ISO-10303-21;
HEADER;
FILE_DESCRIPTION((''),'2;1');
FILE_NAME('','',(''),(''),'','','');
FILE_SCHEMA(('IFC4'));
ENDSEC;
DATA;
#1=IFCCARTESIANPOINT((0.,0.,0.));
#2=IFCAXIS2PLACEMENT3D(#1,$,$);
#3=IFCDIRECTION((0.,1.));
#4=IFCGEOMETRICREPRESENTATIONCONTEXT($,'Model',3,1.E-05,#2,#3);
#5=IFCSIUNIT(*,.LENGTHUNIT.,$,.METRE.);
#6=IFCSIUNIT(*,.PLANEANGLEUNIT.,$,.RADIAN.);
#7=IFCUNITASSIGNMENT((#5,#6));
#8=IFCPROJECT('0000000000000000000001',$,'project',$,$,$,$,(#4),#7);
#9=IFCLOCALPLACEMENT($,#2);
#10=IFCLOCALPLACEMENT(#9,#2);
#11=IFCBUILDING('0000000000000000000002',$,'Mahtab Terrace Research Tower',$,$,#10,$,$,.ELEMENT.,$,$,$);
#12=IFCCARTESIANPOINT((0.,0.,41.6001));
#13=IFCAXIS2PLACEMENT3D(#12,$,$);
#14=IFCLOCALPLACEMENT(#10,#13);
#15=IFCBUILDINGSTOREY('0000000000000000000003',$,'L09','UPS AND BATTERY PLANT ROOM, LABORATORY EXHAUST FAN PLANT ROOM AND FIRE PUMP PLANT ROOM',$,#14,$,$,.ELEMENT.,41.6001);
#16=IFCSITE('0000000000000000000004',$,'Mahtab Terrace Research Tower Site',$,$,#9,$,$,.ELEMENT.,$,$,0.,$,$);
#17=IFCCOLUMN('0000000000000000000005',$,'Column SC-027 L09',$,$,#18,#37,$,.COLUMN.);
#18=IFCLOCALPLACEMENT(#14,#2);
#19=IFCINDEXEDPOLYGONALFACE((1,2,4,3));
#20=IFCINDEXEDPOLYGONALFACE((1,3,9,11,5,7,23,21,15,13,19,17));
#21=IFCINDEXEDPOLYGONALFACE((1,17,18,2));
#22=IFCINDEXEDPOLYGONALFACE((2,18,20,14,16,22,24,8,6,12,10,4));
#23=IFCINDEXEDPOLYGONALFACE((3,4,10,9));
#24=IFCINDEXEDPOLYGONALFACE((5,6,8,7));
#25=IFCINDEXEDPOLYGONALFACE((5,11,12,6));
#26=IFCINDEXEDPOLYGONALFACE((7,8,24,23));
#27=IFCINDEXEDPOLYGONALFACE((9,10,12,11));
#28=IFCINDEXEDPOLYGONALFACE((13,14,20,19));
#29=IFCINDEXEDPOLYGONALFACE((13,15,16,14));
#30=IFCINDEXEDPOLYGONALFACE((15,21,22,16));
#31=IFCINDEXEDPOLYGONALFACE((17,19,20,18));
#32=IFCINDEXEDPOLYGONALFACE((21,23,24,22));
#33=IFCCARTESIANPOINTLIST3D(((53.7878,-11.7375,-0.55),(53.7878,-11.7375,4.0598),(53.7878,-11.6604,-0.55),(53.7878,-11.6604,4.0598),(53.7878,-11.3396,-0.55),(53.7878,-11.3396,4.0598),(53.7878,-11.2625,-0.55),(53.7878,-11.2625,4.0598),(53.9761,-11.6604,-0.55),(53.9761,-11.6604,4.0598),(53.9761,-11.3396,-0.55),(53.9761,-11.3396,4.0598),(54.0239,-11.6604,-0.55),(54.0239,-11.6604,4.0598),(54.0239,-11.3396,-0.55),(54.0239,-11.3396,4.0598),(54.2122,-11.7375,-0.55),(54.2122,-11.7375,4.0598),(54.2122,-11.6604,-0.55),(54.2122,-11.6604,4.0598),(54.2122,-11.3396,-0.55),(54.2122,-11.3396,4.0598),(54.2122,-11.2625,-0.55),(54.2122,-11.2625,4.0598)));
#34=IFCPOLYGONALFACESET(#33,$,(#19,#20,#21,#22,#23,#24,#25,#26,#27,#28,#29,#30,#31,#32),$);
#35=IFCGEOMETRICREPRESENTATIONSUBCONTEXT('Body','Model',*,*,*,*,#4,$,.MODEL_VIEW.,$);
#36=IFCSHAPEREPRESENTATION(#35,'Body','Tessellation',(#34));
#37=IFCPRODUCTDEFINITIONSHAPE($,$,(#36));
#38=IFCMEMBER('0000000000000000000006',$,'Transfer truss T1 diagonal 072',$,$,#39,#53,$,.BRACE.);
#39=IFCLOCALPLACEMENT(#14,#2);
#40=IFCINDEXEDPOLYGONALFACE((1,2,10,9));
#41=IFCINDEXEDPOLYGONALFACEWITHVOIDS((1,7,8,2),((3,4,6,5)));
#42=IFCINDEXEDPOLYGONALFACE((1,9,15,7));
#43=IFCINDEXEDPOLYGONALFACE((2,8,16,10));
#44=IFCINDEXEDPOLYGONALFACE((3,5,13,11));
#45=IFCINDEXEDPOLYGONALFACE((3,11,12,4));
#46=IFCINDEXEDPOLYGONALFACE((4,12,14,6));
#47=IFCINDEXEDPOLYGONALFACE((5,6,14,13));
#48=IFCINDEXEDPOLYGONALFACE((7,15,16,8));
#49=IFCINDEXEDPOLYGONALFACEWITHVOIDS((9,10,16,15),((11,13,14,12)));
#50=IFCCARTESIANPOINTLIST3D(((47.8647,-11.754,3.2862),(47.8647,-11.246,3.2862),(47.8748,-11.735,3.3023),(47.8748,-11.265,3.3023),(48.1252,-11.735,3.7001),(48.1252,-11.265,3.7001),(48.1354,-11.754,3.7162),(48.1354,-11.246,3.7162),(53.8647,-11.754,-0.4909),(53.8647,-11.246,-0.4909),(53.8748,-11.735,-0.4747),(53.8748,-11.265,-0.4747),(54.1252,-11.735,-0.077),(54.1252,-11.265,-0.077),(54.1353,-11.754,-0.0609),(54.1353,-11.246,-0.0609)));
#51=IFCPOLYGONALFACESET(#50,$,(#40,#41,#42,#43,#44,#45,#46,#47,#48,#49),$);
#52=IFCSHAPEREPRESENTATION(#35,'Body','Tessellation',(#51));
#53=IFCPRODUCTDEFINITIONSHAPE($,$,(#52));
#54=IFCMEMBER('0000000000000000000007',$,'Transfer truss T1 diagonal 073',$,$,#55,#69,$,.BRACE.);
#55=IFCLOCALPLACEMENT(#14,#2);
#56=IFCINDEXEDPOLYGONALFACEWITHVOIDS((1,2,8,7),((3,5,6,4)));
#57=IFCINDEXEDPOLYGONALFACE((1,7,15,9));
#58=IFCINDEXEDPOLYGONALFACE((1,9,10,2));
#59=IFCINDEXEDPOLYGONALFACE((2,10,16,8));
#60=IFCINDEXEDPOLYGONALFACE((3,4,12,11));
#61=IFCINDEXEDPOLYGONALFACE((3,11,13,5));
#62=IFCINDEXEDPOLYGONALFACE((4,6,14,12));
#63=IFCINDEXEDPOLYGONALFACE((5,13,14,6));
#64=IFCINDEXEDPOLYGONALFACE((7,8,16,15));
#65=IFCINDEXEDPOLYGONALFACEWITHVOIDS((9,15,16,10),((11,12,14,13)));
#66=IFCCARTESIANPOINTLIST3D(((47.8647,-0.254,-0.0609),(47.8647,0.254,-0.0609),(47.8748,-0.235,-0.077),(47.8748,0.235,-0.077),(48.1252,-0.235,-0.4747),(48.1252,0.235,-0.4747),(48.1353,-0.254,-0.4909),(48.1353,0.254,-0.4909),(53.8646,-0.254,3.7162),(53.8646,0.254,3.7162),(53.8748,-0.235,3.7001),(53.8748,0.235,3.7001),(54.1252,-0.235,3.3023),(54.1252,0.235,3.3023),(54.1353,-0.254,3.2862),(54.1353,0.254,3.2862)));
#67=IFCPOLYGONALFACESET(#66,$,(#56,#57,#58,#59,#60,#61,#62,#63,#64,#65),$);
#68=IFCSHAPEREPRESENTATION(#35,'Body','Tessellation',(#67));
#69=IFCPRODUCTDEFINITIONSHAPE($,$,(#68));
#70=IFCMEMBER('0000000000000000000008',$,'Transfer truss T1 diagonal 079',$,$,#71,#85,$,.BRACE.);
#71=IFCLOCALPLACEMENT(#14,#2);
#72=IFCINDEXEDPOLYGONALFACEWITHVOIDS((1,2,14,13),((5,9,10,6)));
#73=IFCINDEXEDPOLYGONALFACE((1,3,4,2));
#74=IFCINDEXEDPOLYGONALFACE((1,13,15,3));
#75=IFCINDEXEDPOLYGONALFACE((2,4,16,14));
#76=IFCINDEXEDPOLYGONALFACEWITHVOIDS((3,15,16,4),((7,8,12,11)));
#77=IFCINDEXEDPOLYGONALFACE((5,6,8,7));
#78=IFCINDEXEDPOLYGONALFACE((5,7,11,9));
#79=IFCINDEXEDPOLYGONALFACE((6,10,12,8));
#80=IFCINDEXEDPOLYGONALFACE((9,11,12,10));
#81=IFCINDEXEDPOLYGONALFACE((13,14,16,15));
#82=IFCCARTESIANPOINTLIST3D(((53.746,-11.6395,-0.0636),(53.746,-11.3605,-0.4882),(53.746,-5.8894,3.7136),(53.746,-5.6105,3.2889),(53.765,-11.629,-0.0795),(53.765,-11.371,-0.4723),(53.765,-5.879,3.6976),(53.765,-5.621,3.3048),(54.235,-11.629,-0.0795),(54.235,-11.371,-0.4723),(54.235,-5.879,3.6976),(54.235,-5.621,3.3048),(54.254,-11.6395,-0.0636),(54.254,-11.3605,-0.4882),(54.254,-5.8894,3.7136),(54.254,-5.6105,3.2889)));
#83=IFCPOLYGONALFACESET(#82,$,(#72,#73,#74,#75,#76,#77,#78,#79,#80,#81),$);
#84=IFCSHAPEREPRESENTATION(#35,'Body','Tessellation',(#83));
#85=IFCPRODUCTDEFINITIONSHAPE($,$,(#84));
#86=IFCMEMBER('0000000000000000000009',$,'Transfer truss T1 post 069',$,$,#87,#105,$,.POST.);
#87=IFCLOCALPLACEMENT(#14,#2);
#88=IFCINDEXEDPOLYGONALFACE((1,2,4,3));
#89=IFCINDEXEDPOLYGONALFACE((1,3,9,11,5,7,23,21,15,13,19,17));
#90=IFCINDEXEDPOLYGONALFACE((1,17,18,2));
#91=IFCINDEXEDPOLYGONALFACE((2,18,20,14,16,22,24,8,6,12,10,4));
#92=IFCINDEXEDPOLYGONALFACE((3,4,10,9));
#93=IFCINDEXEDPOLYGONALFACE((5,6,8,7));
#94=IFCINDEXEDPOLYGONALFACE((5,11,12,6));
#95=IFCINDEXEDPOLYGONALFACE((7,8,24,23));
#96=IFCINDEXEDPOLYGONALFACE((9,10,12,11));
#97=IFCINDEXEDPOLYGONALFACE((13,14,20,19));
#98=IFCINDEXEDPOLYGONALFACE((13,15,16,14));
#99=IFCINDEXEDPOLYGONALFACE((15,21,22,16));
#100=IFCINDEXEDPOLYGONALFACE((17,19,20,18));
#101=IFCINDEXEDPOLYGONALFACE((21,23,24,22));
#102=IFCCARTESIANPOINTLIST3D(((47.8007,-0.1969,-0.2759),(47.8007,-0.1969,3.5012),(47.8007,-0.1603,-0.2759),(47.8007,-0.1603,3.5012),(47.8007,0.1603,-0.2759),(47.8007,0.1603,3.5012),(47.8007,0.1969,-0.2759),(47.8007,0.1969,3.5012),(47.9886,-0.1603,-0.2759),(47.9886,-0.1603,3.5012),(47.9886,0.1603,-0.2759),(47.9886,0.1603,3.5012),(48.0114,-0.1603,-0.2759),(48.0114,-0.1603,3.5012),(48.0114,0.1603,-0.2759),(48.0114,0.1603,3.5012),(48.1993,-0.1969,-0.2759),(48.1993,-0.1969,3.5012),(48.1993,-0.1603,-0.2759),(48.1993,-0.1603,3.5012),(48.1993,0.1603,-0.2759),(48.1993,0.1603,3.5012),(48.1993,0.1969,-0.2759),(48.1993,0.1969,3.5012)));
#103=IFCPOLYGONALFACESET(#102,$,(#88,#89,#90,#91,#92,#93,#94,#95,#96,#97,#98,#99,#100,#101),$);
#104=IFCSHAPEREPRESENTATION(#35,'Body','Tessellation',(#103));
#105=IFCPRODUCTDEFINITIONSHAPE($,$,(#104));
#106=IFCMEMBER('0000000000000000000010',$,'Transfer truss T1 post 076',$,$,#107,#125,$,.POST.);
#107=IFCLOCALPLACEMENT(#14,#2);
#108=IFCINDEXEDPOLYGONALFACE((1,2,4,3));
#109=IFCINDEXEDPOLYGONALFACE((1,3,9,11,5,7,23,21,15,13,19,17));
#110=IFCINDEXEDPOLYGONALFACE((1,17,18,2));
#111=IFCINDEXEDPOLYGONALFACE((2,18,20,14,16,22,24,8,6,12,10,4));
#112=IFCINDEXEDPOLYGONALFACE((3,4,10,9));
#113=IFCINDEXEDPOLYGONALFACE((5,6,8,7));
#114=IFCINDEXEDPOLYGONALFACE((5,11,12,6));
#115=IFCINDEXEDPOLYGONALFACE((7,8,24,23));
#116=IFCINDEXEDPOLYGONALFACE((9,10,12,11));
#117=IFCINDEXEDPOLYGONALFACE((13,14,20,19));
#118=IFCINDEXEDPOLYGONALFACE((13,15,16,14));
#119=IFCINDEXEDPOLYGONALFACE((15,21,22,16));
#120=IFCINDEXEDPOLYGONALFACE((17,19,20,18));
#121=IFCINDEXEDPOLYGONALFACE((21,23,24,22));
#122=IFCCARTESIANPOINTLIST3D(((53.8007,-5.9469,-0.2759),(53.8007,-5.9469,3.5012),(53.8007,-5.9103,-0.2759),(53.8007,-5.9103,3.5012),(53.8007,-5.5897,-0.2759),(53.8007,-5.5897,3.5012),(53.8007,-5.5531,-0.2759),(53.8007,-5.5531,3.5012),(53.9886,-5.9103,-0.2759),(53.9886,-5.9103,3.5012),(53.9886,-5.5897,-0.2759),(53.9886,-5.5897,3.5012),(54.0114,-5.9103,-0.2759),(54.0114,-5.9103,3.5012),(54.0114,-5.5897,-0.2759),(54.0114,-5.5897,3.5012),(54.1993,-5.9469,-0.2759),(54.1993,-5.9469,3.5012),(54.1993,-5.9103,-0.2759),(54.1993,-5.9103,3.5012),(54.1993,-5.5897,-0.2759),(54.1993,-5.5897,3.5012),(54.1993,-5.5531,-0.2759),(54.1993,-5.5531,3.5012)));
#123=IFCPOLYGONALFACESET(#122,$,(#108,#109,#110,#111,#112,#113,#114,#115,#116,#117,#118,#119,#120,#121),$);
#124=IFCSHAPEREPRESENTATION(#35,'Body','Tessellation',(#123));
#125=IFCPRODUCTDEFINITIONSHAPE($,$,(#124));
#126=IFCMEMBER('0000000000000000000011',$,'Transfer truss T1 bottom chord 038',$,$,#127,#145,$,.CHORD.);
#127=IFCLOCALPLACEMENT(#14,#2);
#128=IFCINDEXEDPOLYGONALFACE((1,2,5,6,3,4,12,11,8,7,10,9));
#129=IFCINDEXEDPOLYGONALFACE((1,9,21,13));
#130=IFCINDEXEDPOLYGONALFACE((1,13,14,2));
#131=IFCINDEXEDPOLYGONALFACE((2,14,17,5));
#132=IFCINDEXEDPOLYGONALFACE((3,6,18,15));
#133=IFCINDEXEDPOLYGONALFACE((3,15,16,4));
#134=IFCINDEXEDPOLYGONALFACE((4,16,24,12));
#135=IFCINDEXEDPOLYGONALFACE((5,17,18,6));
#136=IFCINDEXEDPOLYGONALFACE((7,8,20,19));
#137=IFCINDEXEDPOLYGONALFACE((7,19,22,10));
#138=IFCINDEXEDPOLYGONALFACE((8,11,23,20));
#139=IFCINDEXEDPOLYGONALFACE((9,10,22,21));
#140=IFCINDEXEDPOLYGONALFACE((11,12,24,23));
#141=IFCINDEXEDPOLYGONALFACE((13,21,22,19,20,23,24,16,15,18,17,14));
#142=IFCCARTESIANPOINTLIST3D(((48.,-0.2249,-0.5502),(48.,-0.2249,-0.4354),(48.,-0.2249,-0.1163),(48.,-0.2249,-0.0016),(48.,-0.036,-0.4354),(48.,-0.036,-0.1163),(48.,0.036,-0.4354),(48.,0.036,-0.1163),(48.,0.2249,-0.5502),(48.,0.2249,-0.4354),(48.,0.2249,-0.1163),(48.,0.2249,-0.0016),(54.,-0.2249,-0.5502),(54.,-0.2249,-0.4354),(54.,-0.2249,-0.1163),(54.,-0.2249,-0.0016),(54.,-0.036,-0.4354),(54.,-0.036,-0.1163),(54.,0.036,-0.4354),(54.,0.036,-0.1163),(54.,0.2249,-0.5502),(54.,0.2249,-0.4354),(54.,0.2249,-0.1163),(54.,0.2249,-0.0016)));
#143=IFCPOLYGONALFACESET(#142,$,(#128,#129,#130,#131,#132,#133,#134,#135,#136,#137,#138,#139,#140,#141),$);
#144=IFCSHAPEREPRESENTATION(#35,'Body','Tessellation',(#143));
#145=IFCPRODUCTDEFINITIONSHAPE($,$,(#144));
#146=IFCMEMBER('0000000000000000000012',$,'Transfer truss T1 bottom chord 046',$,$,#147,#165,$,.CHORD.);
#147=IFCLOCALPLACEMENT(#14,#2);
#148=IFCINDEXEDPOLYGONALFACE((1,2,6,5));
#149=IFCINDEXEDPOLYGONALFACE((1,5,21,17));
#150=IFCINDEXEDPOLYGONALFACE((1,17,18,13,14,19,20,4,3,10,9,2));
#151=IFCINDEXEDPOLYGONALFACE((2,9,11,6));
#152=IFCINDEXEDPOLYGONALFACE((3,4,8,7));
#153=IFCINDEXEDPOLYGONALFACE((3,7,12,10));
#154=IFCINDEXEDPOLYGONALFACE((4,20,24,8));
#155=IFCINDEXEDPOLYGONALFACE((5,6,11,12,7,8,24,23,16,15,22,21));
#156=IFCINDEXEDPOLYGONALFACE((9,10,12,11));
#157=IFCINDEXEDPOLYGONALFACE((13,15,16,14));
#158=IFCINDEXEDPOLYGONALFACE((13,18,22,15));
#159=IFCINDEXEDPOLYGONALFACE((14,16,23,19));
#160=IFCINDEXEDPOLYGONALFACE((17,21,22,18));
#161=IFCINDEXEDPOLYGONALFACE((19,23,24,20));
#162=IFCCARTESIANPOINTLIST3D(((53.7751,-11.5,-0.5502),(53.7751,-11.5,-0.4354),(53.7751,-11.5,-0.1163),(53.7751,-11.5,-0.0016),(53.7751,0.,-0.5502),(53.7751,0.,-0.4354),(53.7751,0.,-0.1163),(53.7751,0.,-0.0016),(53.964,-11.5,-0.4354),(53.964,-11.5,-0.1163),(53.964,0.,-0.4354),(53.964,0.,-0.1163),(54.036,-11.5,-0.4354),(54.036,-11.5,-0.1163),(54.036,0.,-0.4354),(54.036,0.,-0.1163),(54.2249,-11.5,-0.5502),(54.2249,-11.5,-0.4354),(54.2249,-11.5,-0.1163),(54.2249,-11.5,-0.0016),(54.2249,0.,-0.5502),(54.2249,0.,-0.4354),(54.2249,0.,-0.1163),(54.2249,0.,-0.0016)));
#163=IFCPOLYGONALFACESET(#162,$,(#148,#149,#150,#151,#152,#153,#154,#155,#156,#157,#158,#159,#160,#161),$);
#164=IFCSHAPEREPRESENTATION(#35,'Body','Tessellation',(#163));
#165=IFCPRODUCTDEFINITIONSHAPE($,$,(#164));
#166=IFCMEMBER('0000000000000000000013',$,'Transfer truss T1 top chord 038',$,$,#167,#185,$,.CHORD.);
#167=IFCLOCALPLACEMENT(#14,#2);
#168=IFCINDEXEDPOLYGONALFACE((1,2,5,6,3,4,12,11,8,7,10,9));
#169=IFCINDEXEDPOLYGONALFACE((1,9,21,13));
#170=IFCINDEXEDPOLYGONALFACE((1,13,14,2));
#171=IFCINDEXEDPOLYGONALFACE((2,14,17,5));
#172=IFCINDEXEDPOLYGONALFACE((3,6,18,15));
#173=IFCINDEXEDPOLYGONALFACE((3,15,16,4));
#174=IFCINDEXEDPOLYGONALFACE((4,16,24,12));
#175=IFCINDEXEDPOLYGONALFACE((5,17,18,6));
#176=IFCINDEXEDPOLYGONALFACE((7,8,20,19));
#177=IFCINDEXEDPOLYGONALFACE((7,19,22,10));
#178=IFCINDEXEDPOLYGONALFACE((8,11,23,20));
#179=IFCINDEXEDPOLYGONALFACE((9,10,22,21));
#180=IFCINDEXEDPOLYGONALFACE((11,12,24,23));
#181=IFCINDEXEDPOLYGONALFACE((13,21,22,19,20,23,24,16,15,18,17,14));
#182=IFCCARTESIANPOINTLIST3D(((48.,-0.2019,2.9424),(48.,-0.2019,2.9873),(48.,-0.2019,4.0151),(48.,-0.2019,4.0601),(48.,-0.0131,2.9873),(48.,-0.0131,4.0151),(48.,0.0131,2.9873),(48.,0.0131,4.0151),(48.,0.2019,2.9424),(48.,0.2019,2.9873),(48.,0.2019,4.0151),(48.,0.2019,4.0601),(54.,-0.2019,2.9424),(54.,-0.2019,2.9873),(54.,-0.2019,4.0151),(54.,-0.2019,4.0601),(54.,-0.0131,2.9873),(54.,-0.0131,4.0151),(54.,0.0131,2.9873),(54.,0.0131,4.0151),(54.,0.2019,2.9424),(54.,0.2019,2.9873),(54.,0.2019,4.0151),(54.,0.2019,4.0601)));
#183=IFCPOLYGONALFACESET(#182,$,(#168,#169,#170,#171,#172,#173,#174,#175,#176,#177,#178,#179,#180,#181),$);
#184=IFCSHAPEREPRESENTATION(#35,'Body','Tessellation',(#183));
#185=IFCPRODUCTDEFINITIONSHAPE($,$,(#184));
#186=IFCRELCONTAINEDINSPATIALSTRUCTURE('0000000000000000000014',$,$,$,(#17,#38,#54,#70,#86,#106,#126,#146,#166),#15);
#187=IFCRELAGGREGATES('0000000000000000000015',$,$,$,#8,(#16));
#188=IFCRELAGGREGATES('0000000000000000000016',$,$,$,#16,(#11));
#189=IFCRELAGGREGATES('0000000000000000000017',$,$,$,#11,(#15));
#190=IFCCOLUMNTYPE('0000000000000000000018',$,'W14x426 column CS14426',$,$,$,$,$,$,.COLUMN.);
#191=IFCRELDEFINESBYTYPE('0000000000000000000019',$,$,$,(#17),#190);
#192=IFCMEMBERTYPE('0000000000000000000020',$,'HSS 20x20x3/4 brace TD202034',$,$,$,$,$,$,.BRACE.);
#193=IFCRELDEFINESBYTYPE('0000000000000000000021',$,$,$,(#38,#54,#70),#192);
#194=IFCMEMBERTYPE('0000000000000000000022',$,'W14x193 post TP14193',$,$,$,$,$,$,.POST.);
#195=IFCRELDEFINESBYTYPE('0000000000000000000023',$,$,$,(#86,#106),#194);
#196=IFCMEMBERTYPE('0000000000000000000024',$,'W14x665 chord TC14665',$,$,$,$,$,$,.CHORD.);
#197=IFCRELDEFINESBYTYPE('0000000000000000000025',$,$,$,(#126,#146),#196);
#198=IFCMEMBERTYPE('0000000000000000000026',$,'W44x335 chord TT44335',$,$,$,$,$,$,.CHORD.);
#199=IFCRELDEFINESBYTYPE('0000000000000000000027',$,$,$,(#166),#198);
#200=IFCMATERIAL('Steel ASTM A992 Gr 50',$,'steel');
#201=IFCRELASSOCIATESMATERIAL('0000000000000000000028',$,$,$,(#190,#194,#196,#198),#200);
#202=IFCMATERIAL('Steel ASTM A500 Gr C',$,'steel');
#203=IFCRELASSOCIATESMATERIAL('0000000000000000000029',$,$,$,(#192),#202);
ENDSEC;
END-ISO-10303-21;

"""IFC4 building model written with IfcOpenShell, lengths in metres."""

from ifc_helpers import new_model, si_unit, direction, frame, origin, origin_2d, place, context, subcontext, project, spatial, hollow_rectangle, i_section, extrude, material, material_profile, profile_set, type_object, element, save


model = new_model("IFC4")

# Units and contexts
model_context = context("Model", 3, precision=1e-05, world=origin(), true_north=direction((0.0, 1.0)))
body_context = subcontext(model_context, "Body", "Model", "MODEL_VIEW")
ifc_project = project(units=[si_unit("LENGTHUNIT", "METRE"), si_unit("PLANEANGLEUNIT", "RADIAN")], contexts=[model_context])

# Site, building, storey
site_placement = place(None, origin())
site = spatial("IfcSite", under=ifc_project, at=site_placement, Name="Mahtab Terrace Research Tower Site", CompositionType="ELEMENT", RefElevation=0.0)
building_placement = place(site_placement, origin())
building = spatial("IfcBuilding", under=site, at=building_placement, Name="Mahtab Terrace Research Tower", CompositionType="ELEMENT")
storey_placement = place(building_placement, frame((0.0, 0.0, 41.6001)))
storey = spatial("IfcBuildingStorey", under=building, at=storey_placement, Name="L09", Description="UPS AND BATTERY PLANT ROOM, LABORATORY EXHAUST FAN PLANT ROOM AND FIRE PUMP PLANT ROOM", CompositionType="ELEMENT", Elevation=41.6001)

# Column
ifc_material_1 = material(Name="Steel ASTM A992 Gr 50", Category="steel")
ifc_material_profile_1 = material_profile(ifc_material_1, i_section(OverallWidth=0.4243, OverallDepth=0.4751, WebThickness=0.0479, FlangeThickness=0.0771, at=origin_2d()), Name="W14X426")
ifc_profile_set_1 = profile_set([ifc_material_profile_1], Name="Steel ASTM A992 Gr 50")
column_type = type_object("IfcColumnType", Name="W14x426 column CS14426", PredefinedType="COLUMN", material=ifc_profile_set_1)
column_placement = place(storey_placement, frame((54.0, -11.5, -0.55), z_axis=(0.0, 0.0, 1.0), x_axis=(1.0, 0.0, 0.0)))
element("IfcColumn", 1, at=column_placement, inside=storey, type_object=column_type, Name="Column SC-027 L09", PredefinedType="COLUMN", context=body_context, shape_type="SweptSolid", body=[
    extrude(i_section(OverallWidth=0.4243, OverallDepth=0.4751, WebThickness=0.0479, FlangeThickness=0.0771, at=origin_2d()), origin(), (0.0, 0.0, 1.0), 4.6099),
])

# Members
ifc_material_2 = material(Name="Steel ASTM A500 Gr C", Category="steel")
ifc_material_profile_2 = material_profile(ifc_material_2, hollow_rectangle(XDim=0.5081, YDim=0.5081, WallThickness=0.019, at=origin_2d()), Name="HSS20X20X3/4")
ifc_profile_set_2 = profile_set([ifc_material_profile_2], Name="Steel ASTM A500 Gr C")
member_type_1 = type_object("IfcMemberType", Name="HSS 20x20x3/4 brace TD202034", PredefinedType="BRACE", material=ifc_profile_set_2)
for number, where, z_axis, x_axis, name in (
    (2, (54.0, -11.5, -0.2759), (-0.846276, 0.0, 0.532745), (0.0, -1.0, 0.0), "Transfer truss T1 diagonal 072"),
    (3, (48.0, 0.0, -0.2759), (0.846276, 0.0, 0.532745), (0.0, 1.0, 0.0), "Transfer truss T1 diagonal 073"),
):
    element("IfcMember", number, at=place(storey_placement, frame(where, z_axis=z_axis, x_axis=x_axis)), inside=storey, type_object=member_type_1, Name=name, PredefinedType="BRACE", context=body_context, shape_type="SweptSolid", body=[
        extrude(hollow_rectangle(XDim=0.5081, YDim=0.5081, WallThickness=0.019, at=origin_2d()), origin(), (0.0, 0.0, 1.0), 7.0898),
    ])
member_1_placement = place(storey_placement, frame((54.0, -11.5, -0.2759), z_axis=(0.0, 0.835804, 0.549028), x_axis=(-1.0, 0.0, 0.0)))
element("IfcMember", 4, at=member_1_placement, inside=storey, type_object=member_type_1, Name="Transfer truss T1 diagonal 079", PredefinedType="BRACE", context=body_context, shape_type="SweptSolid", body=[
    extrude(hollow_rectangle(XDim=0.5081, YDim=0.5081, WallThickness=0.019, at=origin_2d()), origin(), (0.0, 0.0, 1.0), 6.8796),
])
ifc_material_profile_3 = material_profile(ifc_material_1, i_section(OverallWidth=0.3987, OverallDepth=0.3938, WebThickness=0.0227, FlangeThickness=0.0366, at=origin_2d()), Name="W14X193")
ifc_profile_set_3 = profile_set([ifc_material_profile_3], Name="Steel ASTM A992 Gr 50")
member_type_2 = type_object("IfcMemberType", Name="W14x193 post TP14193", PredefinedType="POST", material=ifc_profile_set_3)
for number, where, z_axis, x_axis, name in (
    (5, (48.0, 0.0, -0.2759), (0.0, 0.0, 1.0), (1.0, 0.0, 0.0), "Transfer truss T1 post 069"),
    (6, (54.0, -5.75, -0.2759), (0.0, 0.0, 1.0), (1.0, 0.0, 0.0), "Transfer truss T1 post 076"),
):
    element("IfcMember", number, at=place(storey_placement, frame(where, z_axis=z_axis, x_axis=x_axis)), inside=storey, type_object=member_type_2, Name=name, PredefinedType="POST", context=body_context, shape_type="SweptSolid", body=[
        extrude(i_section(OverallWidth=0.3987, OverallDepth=0.3938, WebThickness=0.0227, FlangeThickness=0.0366, at=origin_2d()), origin(), (0.0, 0.0, 1.0), 3.7771),
    ])
ifc_material_profile_4 = material_profile(ifc_material_1, i_section(OverallWidth=0.4497, OverallDepth=0.5486, WebThickness=0.072, FlangeThickness=0.1147, at=origin_2d()), Name="W14X665")
ifc_profile_set_4 = profile_set([ifc_material_profile_4], Name="Steel ASTM A992 Gr 50")
member_type_3 = type_object("IfcMemberType", Name="W14x665 chord TC14665", PredefinedType="CHORD", material=ifc_profile_set_4)
member_2_placement = place(storey_placement, frame((48.0, 0.0, -0.2759), z_axis=(1.0, 0.0, 0.0), x_axis=(0.0, 1.0, 0.0)))
element("IfcMember", 7, at=member_2_placement, inside=storey, type_object=member_type_3, Name="Transfer truss T1 bottom chord 038", PredefinedType="CHORD", context=body_context, shape_type="SweptSolid", body=[
    extrude(i_section(OverallWidth=0.4497, OverallDepth=0.5486, WebThickness=0.072, FlangeThickness=0.1147, at=origin_2d()), origin(), (0.0, 0.0, 1.0), 6.0),
])
member_3_placement = place(storey_placement, frame((54.0, -11.5, -0.2759), z_axis=(0.0, 1.0, 0.0), x_axis=(-1.0, 0.0, 0.0)))
element("IfcMember", 8, at=member_3_placement, inside=storey, type_object=member_type_3, Name="Transfer truss T1 bottom chord 046", PredefinedType="CHORD", context=body_context, shape_type="SweptSolid", body=[
    extrude(i_section(OverallWidth=0.4497, OverallDepth=0.5486, WebThickness=0.072, FlangeThickness=0.1147, at=origin_2d()), origin(), (0.0, 0.0, 1.0), 11.5),
])
ifc_material_profile_5 = material_profile(ifc_material_1, i_section(OverallWidth=0.4038, OverallDepth=1.1177, WebThickness=0.0261, FlangeThickness=0.0449, at=origin_2d()), Name="W44X335")
ifc_profile_set_5 = profile_set([ifc_material_profile_5], Name="Steel ASTM A992 Gr 50")
member_type_4 = type_object("IfcMemberType", Name="W44x335 chord TT44335", PredefinedType="CHORD", material=ifc_profile_set_5)
member_4_placement = place(storey_placement, frame((48.0, 0.0, 3.5012), z_axis=(1.0, 0.0, 0.0), x_axis=(0.0, 1.0, 0.0)))
element("IfcMember", 9, at=member_4_placement, inside=storey, type_object=member_type_4, Name="Transfer truss T1 top chord 038", PredefinedType="CHORD", context=body_context, shape_type="SweptSolid", body=[
    extrude(i_section(OverallWidth=0.4038, OverallDepth=1.1177, WebThickness=0.0261, FlangeThickness=0.0449, at=origin_2d()), origin(), (0.0, 0.0, 1.0), 6.0),
])

save(model, "model.ifc")
